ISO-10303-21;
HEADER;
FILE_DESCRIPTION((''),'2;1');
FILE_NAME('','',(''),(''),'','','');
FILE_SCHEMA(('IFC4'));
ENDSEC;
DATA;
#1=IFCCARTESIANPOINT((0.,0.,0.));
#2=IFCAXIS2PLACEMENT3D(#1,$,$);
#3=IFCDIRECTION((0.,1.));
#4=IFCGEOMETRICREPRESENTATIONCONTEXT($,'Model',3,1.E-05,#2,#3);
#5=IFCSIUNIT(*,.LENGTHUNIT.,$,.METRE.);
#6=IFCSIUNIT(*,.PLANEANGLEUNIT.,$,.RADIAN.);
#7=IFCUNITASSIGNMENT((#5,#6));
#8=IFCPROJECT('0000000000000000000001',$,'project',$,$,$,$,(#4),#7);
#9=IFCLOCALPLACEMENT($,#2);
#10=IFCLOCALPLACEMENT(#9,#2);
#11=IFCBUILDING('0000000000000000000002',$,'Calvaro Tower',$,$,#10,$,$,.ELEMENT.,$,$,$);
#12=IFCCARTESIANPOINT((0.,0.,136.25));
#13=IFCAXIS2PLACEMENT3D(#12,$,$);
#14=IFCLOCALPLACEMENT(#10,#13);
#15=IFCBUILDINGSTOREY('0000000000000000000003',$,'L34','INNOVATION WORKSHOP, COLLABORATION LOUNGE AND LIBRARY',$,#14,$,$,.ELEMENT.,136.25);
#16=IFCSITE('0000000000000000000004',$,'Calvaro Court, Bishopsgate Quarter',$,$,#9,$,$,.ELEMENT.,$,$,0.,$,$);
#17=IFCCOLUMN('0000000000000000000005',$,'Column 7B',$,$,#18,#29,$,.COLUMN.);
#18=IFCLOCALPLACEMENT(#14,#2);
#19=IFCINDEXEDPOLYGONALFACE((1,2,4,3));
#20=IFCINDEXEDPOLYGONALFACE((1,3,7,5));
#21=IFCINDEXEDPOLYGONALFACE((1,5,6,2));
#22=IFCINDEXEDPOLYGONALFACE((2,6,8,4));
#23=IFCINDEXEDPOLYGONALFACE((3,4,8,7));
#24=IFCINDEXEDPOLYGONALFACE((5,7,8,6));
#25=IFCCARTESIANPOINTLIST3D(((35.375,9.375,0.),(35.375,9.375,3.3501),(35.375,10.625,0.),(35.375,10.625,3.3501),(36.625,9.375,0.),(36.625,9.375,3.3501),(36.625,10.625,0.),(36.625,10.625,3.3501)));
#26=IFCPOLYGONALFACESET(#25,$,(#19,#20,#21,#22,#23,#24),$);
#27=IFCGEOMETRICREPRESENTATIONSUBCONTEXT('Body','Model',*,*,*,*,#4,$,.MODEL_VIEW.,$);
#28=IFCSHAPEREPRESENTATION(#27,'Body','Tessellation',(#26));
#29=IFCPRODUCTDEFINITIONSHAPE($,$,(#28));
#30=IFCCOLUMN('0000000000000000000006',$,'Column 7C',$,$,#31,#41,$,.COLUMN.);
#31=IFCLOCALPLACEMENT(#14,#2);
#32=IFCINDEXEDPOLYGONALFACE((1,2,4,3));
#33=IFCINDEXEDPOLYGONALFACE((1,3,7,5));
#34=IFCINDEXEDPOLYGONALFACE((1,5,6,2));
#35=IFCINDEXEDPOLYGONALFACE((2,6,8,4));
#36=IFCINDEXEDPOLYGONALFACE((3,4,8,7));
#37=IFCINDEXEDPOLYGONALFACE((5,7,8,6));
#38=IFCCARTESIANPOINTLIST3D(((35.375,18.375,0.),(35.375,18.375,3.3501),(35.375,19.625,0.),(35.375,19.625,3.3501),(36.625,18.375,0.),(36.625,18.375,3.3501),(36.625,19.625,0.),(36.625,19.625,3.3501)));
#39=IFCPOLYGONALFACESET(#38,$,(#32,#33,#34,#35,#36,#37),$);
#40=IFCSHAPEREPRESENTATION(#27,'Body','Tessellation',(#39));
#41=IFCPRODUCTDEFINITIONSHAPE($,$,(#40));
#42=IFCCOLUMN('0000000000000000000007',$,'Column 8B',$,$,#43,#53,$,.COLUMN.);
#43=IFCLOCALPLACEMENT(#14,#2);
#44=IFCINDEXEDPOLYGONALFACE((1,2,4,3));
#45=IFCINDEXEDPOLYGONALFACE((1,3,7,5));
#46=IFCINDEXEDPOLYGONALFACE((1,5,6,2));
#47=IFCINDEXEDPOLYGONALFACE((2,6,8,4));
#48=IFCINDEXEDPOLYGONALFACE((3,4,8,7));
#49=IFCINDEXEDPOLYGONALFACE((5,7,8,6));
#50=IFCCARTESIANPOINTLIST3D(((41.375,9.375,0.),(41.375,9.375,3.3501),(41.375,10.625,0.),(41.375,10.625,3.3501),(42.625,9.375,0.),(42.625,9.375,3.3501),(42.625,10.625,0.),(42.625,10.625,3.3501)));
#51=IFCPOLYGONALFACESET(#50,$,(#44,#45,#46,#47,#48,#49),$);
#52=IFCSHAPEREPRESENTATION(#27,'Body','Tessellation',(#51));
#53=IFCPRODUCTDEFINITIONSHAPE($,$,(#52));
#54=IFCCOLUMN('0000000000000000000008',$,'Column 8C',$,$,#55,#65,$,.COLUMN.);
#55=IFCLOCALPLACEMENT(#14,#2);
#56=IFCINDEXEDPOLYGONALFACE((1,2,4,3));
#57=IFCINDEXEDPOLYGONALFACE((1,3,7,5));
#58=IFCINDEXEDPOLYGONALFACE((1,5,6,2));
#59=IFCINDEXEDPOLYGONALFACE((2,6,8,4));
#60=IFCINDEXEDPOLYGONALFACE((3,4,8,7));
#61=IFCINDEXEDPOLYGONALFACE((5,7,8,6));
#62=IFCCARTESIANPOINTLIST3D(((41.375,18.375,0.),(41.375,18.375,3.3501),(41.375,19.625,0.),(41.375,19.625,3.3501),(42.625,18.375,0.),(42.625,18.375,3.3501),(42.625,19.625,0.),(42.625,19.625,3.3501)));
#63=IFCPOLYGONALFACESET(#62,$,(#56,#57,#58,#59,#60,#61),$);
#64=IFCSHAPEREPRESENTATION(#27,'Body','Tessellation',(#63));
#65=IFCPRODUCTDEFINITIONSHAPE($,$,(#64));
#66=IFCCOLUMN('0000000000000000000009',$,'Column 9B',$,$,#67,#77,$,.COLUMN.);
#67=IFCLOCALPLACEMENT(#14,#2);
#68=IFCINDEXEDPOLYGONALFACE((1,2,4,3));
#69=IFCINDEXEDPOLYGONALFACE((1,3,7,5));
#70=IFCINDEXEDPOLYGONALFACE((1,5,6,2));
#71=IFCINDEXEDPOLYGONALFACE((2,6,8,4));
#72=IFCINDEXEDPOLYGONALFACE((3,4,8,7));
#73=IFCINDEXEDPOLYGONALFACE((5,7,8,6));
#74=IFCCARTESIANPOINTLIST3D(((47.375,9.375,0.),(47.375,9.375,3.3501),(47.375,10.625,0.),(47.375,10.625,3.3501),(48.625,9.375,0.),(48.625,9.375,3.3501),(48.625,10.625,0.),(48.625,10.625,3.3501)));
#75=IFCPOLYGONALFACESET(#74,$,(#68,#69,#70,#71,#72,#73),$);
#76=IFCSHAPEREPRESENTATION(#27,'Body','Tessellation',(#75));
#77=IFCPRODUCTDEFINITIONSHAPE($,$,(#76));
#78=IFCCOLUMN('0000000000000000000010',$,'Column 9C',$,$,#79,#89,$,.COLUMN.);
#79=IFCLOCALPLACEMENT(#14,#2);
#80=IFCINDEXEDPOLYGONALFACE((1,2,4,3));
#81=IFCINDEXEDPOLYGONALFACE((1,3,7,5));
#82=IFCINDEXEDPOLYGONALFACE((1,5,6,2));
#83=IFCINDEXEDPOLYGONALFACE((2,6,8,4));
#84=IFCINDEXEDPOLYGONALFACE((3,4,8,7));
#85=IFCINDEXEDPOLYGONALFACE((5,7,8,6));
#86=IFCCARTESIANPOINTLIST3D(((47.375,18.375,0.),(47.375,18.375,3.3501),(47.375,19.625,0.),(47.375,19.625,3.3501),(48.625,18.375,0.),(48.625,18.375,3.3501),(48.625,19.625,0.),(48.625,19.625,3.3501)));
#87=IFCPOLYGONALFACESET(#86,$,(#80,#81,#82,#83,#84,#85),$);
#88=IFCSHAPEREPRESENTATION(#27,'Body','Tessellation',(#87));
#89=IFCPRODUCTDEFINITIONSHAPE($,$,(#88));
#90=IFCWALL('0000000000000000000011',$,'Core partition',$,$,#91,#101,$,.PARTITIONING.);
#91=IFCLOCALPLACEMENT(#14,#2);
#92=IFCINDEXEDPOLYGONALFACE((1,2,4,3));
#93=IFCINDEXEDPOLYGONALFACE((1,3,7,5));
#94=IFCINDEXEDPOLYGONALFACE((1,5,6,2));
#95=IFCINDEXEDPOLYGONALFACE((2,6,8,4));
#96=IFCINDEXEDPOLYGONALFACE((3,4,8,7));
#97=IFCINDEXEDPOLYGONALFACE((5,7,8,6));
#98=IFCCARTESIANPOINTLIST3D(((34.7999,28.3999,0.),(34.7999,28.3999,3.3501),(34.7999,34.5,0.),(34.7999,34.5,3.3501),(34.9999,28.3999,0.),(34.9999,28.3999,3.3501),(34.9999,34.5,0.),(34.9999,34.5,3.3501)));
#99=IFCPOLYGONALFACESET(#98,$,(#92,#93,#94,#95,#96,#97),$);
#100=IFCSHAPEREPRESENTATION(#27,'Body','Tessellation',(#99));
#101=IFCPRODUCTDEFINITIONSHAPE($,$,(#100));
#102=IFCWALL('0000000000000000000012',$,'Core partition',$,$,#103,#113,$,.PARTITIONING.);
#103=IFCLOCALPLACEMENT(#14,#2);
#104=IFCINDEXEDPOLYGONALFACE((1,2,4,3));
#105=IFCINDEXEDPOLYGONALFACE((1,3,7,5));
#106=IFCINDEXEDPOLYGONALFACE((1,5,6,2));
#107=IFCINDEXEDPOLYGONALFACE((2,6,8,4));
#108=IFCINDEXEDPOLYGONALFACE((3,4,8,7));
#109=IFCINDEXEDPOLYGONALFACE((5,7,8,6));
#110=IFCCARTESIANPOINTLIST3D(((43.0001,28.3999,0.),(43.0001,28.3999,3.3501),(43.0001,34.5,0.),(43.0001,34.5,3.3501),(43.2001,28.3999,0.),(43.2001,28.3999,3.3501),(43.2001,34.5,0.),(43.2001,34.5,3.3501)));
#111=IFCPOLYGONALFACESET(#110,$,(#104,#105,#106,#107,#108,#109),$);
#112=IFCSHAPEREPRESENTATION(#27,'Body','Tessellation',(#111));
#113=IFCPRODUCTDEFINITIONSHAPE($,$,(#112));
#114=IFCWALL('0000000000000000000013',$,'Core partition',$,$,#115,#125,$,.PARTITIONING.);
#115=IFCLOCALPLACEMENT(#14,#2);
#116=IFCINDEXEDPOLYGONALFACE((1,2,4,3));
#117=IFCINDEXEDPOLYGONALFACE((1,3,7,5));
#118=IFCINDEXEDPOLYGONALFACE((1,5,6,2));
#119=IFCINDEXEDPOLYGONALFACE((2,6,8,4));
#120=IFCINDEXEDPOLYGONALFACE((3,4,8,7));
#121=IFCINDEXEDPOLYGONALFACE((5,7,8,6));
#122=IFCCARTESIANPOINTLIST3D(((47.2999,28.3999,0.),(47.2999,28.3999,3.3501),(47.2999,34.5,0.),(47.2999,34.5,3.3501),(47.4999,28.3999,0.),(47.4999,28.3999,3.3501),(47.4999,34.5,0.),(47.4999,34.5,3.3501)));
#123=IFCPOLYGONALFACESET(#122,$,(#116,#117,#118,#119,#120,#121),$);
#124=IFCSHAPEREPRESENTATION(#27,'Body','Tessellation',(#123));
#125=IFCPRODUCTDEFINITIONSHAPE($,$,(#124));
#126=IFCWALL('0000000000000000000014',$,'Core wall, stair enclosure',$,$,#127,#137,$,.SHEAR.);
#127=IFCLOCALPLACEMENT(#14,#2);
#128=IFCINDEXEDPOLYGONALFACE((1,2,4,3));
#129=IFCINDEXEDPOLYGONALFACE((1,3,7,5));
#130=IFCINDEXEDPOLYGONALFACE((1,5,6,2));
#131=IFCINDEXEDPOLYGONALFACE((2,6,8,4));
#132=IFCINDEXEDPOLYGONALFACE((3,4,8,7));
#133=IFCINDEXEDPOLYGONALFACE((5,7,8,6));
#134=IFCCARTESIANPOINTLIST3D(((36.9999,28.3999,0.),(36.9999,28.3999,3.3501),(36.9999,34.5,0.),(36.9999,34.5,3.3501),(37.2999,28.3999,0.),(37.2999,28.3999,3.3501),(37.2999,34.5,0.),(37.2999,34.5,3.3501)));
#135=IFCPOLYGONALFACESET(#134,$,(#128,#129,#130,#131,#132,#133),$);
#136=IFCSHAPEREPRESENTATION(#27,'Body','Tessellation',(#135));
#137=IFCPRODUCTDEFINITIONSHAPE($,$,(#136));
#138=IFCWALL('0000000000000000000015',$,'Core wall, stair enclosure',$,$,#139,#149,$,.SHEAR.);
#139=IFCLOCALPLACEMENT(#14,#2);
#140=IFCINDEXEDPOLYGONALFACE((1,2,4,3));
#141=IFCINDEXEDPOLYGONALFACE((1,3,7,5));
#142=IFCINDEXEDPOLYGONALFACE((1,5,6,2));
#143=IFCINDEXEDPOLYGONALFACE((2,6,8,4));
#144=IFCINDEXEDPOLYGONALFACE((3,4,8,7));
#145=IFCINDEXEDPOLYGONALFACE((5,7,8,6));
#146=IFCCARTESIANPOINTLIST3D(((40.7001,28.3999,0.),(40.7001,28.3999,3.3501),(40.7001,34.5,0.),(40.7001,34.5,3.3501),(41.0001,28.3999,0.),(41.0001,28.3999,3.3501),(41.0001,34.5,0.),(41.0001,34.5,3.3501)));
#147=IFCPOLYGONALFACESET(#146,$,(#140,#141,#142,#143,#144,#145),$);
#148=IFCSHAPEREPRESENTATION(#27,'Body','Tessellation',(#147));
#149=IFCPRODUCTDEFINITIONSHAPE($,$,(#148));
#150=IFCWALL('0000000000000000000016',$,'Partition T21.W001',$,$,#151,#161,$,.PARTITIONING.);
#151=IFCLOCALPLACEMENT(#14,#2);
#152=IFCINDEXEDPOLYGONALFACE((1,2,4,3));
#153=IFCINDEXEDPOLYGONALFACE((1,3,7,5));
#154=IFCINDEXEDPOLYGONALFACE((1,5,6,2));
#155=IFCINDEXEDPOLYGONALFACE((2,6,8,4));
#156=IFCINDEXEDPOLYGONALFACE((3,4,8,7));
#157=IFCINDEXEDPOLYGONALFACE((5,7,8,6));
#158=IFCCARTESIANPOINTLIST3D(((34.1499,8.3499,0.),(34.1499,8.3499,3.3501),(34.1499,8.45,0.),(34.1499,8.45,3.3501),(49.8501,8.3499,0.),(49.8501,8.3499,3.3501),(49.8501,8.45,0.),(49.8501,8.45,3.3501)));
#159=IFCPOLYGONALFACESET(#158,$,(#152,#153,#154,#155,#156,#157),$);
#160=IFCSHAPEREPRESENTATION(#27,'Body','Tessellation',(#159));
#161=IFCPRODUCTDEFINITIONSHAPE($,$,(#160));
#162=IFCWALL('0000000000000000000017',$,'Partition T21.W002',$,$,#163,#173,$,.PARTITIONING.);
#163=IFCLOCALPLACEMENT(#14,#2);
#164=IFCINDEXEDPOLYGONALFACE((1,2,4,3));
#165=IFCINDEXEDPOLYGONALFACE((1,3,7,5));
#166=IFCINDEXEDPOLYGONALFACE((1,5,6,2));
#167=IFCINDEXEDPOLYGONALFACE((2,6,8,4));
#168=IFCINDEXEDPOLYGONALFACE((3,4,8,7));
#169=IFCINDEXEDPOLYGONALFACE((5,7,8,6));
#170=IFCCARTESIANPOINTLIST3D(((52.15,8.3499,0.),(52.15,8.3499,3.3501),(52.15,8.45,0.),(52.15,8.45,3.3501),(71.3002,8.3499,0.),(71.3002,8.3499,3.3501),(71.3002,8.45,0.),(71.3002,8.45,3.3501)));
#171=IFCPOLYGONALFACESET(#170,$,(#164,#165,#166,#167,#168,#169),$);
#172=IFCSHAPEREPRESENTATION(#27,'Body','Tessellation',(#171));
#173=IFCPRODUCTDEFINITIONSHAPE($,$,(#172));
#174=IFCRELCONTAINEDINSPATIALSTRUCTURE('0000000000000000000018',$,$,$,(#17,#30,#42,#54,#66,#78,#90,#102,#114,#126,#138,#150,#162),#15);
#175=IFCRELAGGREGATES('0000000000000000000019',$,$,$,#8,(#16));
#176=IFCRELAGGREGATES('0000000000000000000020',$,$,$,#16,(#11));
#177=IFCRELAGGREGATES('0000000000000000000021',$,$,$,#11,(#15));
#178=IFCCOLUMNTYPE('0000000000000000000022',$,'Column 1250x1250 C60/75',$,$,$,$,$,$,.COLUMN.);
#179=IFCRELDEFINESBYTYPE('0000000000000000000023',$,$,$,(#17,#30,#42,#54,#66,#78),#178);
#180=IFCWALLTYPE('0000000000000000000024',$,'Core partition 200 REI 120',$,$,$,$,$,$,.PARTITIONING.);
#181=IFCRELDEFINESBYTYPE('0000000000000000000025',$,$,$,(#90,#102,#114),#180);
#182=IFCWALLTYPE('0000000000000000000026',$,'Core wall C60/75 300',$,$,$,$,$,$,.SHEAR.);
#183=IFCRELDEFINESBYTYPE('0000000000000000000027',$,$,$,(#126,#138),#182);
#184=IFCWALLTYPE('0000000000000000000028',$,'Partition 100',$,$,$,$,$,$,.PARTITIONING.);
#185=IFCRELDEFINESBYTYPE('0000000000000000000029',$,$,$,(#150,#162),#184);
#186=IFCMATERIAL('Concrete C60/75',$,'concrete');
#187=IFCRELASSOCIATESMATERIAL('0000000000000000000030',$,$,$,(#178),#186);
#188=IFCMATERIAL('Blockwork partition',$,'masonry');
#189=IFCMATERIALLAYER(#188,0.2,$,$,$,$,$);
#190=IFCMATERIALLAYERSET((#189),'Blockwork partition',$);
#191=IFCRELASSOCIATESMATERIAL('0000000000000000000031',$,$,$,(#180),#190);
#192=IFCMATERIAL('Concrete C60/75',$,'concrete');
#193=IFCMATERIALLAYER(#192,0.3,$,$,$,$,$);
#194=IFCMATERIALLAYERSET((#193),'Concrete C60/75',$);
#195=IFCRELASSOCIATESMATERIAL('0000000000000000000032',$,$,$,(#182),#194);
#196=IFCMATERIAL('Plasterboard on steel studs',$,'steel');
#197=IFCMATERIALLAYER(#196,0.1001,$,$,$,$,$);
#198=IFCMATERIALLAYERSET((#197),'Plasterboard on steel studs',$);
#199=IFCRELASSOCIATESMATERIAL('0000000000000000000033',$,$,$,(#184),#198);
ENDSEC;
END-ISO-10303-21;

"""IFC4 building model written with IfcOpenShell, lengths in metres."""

from ifc_helpers import new_model, si_unit, direction, frame, frame_2d, origin, origin_2d, place, context, subcontext, project, spatial, rectangle, extrude, material, layer, layer_set, material_profile, profile_set, type_object, element, save


model = new_model("IFC4")

# Units and contexts
model_context = context("Model", 3, precision=1e-05, world=origin(), true_north=direction((0.0, 1.0)))
body_context = subcontext(model_context, "Body", "Model", "MODEL_VIEW")
ifc_project = project(units=[si_unit("LENGTHUNIT", "METRE"), si_unit("PLANEANGLEUNIT", "RADIAN")], contexts=[model_context])

# Site, building, storey
site_placement = place(None, origin())
site = spatial("IfcSite", under=ifc_project, at=site_placement, Name="Calvaro Court, Bishopsgate Quarter", CompositionType="ELEMENT", RefElevation=0.0)
building_placement = place(site_placement, origin())
building = spatial("IfcBuilding", under=site, at=building_placement, Name="Calvaro Tower", CompositionType="ELEMENT")
storey_placement = place(building_placement, frame((0.0, 0.0, 136.25)))
storey = spatial("IfcBuildingStorey", under=building, at=storey_placement, Name="L34", Description="INNOVATION WORKSHOP, COLLABORATION LOUNGE AND LIBRARY", CompositionType="ELEMENT", Elevation=136.25)

# Columns
ifc_material_1 = material(Name="Concrete C60/75", Category="concrete")
ifc_material_profile = material_profile(ifc_material_1, rectangle(XDim=1.25, YDim=1.25, at=origin_2d()), Name="RC 1250x1250")
ifc_profile_set = profile_set([ifc_material_profile], Name="Concrete C60/75")
column_type = type_object("IfcColumnType", Name="Column 1250x1250 C60/75", PredefinedType="COLUMN", material=ifc_profile_set)
for number, where, z_axis, x_axis, name in (
    (1, (36.0, 10.0, 0.0), (0.0, 0.0, 1.0), (1.0, 0.0, 0.0), "Column 7B"),
    (2, (36.0, 19.0, 0.0), (0.0, 0.0, 1.0), (1.0, 0.0, 0.0), "Column 7C"),
    (3, (42.0, 10.0, 0.0), (0.0, 0.0, 1.0), (1.0, 0.0, 0.0), "Column 8B"),
    (4, (42.0, 19.0, 0.0), (0.0, 0.0, 1.0), (1.0, 0.0, 0.0), "Column 8C"),
    (5, (48.0, 10.0, 0.0), (0.0, 0.0, 1.0), (1.0, 0.0, 0.0), "Column 9B"),
    (6, (48.0, 19.0, 0.0), (0.0, 0.0, 1.0), (1.0, 0.0, 0.0), "Column 9C"),
):
    element("IfcColumn", number, at=place(storey_placement, frame(where, z_axis=z_axis, x_axis=x_axis)), inside=storey, type_object=column_type, Name=name, PredefinedType="COLUMN", context=body_context, shape_type="SweptSolid", body=[
        extrude(rectangle(XDim=1.25, YDim=1.25, at=origin_2d()), origin(), (0.0, 0.0, 1.0), 3.3501),
    ])

# Walls
ifc_material_2 = material(Name="Blockwork partition", Category="masonry")
ifc_layer_1 = layer(ifc_material_2, 0.2)
ifc_layer_set_1 = layer_set([ifc_layer_1], Name="Blockwork partition")
wall_type_1 = type_object("IfcWallType", Name="Core partition 200 REI 120", PredefinedType="PARTITIONING", material=ifc_layer_set_1)
for number, where, z_axis, x_axis, name in (
    (7, (34.8999, 28.3999, 0.0), (0.0, 0.0, 1.0), (0.0, 1.0, 0.0), "Core partition"),
    (8, (43.1001, 28.3999, 0.0), (0.0, 0.0, 1.0), (0.0, 1.0, 0.0), "Core partition"),
    (9, (47.3999, 28.3999, 0.0), (0.0, 0.0, 1.0), (0.0, 1.0, 0.0), "Core partition"),
):
    element("IfcWall", number, at=place(storey_placement, frame(where, z_axis=z_axis, x_axis=x_axis)), inside=storey, type_object=wall_type_1, Name=name, PredefinedType="PARTITIONING", context=body_context, shape_type="SweptSolid", body=[
        extrude(rectangle(XDim=6.1001, YDim=0.2, at=frame_2d((3.05, 0.0))), origin(), (0.0, 0.0, 1.0), 3.3501),
    ])
ifc_material_3 = material(Name="Concrete C60/75", Category="concrete")
ifc_layer_2 = layer(ifc_material_3, 0.3)
ifc_layer_set_2 = layer_set([ifc_layer_2], Name="Concrete C60/75")
wall_type_2 = type_object("IfcWallType", Name="Core wall C60/75 300", PredefinedType="SHEAR", material=ifc_layer_set_2)
for number, where, z_axis, x_axis, name in (
    (10, (37.1499, 28.3999, 0.0), (0.0, 0.0, 1.0), (0.0, 1.0, 0.0), "Core wall, stair enclosure"),
    (11, (40.8501, 28.3999, 0.0), (0.0, 0.0, 1.0), (0.0, 1.0, 0.0), "Core wall, stair enclosure"),
):
    element("IfcWall", number, at=place(storey_placement, frame(where, z_axis=z_axis, x_axis=x_axis)), inside=storey, type_object=wall_type_2, Name=name, PredefinedType="SHEAR", context=body_context, shape_type="SweptSolid", body=[
        extrude(rectangle(XDim=6.1001, YDim=0.3, at=frame_2d((3.05, 0.0))), origin(), (0.0, 0.0, 1.0), 3.3501),
    ])
ifc_material_4 = material(Name="Plasterboard on steel studs", Category="steel")
ifc_layer_3 = layer(ifc_material_4, 0.1001)
ifc_layer_set_3 = layer_set([ifc_layer_3], Name="Plasterboard on steel studs")
wall_type_3 = type_object("IfcWallType", Name="Partition 100", PredefinedType="PARTITIONING", material=ifc_layer_set_3)
wall_1_placement = place(storey_placement, frame((34.1499, 8.3999, 0.0), z_axis=(0.0, 0.0, 1.0), x_axis=(1.0, 0.0, 0.0)))
element("IfcWall", 12, at=wall_1_placement, inside=storey, type_object=wall_type_3, Name="Partition T21.W001", PredefinedType="PARTITIONING", context=body_context, shape_type="SweptSolid", body=[
    extrude(rectangle(XDim=15.7002, YDim=0.1001, at=frame_2d((7.8501, 0.0))), origin(), (0.0, 0.0, 1.0), 3.3501),
])
wall_2_placement = place(storey_placement, frame((52.1499, 8.3999, 0.0), z_axis=(0.0, 0.0, 1.0), x_axis=(1.0, 0.0, 0.0)))
element("IfcWall", 13, at=wall_2_placement, inside=storey, type_object=wall_type_3, Name="Partition T21.W002", PredefinedType="PARTITIONING", context=body_context, shape_type="SweptSolid", body=[
    extrude(rectangle(XDim=19.1501, YDim=0.1001, at=frame_2d((9.5752, 0.0))), origin(), (0.0, 0.0, 1.0), 3.3501),
])

save(model, "model.ifc")
